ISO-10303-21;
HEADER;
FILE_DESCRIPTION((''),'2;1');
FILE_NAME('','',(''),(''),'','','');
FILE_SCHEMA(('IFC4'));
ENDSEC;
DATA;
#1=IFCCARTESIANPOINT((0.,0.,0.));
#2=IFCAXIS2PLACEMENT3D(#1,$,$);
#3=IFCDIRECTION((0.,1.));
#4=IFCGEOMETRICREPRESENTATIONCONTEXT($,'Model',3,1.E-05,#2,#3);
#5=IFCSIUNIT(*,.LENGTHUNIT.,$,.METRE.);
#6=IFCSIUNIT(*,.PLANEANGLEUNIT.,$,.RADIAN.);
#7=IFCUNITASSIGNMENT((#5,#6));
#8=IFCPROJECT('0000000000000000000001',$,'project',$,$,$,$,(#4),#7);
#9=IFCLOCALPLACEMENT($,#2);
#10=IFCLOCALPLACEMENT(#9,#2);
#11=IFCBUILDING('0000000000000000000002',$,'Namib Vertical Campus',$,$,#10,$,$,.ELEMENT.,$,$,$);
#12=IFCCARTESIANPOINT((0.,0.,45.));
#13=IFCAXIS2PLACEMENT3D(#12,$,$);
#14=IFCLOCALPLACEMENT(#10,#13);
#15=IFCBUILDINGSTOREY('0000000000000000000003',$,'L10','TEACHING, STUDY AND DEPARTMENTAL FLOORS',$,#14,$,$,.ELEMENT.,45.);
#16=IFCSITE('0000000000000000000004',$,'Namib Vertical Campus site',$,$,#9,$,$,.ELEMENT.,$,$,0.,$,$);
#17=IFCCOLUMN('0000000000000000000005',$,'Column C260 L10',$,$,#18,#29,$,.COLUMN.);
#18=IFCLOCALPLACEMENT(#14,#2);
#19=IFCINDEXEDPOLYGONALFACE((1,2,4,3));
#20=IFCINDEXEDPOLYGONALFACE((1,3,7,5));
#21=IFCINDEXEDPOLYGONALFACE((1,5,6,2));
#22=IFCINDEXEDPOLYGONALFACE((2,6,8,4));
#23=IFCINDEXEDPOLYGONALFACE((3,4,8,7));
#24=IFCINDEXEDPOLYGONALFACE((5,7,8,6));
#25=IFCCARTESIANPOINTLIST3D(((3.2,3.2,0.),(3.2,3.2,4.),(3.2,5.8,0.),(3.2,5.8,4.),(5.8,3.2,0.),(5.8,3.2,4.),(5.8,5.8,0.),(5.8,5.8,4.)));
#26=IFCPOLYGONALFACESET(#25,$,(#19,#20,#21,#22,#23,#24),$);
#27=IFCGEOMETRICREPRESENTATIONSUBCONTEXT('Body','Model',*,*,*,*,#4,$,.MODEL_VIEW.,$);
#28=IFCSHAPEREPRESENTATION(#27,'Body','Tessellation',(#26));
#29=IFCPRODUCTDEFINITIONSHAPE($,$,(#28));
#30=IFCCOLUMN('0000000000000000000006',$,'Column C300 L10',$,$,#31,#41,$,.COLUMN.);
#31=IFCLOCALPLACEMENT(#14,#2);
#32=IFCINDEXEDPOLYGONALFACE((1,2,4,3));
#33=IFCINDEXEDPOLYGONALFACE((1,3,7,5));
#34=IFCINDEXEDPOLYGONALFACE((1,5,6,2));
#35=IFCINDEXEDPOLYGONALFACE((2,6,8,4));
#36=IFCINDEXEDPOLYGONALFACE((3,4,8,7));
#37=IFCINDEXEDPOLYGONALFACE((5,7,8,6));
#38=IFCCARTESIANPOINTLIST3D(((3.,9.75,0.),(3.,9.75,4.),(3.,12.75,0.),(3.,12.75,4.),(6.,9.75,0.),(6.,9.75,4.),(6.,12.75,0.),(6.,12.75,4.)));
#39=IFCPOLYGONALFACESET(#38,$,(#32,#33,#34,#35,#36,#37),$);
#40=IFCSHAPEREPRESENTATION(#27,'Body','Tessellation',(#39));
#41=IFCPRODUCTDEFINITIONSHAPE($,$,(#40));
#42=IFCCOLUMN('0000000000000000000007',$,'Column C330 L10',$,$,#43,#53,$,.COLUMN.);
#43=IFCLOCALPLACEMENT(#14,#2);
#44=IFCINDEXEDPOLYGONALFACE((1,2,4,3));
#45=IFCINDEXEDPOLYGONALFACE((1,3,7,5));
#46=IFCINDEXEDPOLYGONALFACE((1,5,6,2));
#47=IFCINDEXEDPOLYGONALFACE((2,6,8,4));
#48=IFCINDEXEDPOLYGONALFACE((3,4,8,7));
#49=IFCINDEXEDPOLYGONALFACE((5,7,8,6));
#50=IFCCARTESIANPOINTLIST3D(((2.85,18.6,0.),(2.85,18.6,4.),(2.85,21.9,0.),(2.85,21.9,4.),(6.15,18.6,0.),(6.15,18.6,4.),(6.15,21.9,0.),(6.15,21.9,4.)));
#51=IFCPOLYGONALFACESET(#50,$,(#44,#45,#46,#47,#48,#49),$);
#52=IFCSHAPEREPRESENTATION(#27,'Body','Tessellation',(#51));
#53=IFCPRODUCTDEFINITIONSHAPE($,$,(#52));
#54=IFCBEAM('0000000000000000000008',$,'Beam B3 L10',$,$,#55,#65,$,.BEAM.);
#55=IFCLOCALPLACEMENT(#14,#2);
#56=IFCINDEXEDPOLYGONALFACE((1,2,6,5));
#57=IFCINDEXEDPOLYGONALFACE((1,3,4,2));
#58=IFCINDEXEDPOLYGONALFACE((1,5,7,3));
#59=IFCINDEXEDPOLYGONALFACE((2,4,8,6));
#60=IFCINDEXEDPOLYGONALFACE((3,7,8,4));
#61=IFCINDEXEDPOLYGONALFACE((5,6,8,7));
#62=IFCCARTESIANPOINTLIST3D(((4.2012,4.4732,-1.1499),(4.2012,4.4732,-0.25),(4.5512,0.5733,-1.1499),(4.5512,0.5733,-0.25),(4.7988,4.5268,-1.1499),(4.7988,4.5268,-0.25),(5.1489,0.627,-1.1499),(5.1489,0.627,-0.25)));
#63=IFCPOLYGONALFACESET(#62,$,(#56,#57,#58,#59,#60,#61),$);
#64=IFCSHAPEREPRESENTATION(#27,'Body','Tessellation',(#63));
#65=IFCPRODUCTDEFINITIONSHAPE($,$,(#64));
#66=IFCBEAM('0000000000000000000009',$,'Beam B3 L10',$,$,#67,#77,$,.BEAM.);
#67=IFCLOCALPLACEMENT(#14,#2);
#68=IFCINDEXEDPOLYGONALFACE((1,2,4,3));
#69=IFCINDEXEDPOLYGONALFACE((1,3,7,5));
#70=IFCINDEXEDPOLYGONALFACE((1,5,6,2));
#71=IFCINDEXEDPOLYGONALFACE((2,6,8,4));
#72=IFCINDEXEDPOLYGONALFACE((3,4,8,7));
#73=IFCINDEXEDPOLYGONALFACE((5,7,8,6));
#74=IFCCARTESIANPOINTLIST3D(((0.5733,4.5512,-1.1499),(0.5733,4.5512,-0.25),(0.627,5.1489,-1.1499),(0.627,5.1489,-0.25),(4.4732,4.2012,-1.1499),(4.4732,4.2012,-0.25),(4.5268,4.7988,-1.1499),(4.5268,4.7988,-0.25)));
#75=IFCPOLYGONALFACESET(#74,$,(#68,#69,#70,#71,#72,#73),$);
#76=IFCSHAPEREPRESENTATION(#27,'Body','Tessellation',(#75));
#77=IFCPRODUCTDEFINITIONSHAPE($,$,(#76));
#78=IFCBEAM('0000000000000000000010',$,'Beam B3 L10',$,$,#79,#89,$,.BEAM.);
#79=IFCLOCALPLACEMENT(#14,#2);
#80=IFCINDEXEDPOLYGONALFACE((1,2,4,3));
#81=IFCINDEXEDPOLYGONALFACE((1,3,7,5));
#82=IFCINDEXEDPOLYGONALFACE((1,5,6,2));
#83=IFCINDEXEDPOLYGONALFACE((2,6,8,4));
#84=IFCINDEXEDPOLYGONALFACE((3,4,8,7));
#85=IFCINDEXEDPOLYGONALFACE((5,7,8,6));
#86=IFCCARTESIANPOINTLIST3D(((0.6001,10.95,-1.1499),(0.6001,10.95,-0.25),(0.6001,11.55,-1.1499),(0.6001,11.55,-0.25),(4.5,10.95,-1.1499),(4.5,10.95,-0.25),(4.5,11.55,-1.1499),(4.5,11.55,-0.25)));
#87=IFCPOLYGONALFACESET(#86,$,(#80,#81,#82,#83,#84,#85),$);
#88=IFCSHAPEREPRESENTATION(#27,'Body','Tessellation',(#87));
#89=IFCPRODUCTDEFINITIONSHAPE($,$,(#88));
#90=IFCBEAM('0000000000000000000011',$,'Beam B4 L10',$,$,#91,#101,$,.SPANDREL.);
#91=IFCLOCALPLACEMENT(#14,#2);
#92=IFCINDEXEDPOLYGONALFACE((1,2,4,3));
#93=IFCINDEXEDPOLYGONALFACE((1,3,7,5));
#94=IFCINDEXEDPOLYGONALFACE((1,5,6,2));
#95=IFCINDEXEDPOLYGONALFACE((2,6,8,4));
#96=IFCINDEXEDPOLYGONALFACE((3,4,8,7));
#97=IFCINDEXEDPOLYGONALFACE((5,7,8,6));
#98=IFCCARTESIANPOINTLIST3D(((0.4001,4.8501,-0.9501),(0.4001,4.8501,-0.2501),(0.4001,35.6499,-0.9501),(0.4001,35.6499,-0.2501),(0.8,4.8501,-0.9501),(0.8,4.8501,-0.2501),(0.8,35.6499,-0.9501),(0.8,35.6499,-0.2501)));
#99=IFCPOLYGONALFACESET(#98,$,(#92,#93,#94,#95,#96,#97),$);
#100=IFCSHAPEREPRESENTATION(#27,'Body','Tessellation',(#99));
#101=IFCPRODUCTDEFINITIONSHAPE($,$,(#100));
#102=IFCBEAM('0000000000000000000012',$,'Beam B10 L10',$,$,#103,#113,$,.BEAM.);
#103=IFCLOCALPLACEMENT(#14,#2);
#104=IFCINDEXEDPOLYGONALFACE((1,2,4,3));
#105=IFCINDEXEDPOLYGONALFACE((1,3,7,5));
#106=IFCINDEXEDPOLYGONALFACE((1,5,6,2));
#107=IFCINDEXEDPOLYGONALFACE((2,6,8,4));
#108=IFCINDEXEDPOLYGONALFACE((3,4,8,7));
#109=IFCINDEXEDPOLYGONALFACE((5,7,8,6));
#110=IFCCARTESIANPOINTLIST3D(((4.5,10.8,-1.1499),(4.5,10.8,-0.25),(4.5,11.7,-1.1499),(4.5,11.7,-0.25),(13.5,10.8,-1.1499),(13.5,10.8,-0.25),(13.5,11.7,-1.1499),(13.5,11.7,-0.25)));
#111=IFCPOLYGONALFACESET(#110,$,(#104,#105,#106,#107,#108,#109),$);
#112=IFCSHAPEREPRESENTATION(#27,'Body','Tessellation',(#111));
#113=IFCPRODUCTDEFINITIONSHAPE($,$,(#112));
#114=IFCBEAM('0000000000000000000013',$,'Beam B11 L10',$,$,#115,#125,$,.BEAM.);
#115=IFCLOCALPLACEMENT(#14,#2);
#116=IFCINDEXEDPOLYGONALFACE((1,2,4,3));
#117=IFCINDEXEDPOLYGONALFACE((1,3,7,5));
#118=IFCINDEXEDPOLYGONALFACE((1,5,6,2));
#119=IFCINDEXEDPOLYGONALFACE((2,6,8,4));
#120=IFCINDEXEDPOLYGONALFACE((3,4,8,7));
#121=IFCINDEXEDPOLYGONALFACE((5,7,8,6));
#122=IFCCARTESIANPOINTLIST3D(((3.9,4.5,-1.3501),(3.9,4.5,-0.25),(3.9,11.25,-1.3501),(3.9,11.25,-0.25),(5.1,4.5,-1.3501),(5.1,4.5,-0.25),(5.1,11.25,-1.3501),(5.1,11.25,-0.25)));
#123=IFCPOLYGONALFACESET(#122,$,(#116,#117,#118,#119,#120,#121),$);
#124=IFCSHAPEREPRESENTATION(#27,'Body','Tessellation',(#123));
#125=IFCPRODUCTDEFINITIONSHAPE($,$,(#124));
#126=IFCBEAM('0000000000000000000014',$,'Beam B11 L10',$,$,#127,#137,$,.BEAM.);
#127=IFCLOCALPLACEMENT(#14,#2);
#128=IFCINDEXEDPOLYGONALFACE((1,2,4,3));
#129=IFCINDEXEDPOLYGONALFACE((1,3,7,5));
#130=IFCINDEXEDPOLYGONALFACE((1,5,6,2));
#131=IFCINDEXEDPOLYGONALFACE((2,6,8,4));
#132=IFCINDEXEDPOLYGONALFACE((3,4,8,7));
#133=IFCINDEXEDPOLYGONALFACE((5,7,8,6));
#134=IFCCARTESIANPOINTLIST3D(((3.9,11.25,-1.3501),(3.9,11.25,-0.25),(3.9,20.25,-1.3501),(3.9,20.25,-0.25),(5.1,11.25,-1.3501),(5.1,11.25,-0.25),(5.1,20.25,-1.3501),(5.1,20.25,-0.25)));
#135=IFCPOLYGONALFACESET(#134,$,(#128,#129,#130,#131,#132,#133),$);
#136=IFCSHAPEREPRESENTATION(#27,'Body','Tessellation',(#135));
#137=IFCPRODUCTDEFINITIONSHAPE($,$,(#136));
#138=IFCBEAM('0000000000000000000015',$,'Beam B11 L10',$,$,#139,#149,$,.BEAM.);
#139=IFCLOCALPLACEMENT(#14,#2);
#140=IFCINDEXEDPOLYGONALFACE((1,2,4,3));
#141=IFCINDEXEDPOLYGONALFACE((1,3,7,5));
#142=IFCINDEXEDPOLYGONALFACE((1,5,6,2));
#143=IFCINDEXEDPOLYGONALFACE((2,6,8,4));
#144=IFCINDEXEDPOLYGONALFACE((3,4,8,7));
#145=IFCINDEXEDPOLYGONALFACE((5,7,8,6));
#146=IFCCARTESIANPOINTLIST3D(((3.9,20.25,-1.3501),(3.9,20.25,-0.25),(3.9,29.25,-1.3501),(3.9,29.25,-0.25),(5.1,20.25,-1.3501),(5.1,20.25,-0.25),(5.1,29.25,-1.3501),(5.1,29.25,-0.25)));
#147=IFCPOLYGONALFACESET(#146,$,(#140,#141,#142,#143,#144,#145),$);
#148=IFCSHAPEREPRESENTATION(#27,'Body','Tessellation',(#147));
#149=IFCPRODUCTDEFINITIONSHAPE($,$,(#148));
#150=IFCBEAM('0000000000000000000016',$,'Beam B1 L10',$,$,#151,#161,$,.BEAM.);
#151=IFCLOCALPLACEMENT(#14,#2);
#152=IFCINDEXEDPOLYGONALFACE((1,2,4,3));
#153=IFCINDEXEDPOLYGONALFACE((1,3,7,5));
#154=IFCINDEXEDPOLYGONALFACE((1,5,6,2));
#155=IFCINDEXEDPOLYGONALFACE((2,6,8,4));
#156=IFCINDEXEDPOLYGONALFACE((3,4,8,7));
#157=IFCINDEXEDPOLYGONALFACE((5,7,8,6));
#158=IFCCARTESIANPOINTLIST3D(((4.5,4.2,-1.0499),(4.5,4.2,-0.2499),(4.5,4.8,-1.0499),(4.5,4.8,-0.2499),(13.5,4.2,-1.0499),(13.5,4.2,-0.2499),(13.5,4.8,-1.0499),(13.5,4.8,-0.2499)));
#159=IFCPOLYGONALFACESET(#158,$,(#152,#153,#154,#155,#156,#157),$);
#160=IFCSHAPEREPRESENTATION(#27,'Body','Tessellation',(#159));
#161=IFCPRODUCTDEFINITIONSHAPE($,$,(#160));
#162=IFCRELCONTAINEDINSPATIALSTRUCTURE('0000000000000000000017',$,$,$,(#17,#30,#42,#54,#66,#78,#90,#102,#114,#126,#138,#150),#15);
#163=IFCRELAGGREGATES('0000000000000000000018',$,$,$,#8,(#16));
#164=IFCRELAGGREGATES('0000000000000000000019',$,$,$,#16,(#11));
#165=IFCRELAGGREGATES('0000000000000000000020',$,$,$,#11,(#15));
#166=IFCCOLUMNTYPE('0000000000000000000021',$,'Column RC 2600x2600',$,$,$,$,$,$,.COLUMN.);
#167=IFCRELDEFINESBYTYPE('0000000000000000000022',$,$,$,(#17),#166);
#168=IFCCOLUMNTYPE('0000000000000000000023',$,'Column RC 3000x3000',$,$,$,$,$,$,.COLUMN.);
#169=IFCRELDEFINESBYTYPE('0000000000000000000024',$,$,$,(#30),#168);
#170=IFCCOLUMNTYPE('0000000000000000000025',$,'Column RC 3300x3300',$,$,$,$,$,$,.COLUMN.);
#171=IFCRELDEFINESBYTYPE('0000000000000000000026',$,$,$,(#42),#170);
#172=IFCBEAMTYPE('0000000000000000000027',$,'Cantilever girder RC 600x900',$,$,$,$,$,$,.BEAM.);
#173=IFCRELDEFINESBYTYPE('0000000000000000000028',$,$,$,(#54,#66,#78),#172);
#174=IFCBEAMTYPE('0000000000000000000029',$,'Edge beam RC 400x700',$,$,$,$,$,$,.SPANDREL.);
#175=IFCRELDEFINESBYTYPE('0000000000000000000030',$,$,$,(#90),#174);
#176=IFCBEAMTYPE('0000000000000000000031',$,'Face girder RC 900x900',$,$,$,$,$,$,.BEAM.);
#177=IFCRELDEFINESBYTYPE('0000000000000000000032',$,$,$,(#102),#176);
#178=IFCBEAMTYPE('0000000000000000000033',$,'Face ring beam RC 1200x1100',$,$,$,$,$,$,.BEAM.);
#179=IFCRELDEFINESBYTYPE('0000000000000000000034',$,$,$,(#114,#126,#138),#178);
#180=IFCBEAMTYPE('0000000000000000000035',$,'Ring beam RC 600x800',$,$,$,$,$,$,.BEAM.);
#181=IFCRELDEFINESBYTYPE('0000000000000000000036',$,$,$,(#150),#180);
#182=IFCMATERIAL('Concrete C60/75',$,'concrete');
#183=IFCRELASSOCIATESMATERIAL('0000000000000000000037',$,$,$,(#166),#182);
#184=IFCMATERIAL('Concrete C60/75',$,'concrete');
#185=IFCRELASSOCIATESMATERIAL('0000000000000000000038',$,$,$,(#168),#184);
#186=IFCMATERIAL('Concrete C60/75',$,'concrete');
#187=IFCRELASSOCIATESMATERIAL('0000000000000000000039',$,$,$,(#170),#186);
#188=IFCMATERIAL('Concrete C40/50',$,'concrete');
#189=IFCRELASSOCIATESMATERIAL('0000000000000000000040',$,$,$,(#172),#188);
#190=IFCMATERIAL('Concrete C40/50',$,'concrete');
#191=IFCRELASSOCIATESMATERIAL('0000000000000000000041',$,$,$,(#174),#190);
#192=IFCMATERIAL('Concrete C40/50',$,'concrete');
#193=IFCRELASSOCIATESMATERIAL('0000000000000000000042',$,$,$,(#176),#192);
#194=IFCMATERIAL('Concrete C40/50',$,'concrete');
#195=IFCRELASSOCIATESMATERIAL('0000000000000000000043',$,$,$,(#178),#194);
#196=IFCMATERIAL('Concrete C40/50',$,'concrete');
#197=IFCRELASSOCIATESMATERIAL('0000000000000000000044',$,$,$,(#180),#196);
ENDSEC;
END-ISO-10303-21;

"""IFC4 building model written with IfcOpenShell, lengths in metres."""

from ifc_helpers import new_model, si_unit, direction, frame, origin, origin_2d, place, context, subcontext, project, spatial, rectangle, extrude, material, material_profile, profile_set, type_object, element, save


model = new_model("IFC4")

# Units and contexts
model_context = context("Model", 3, precision=1e-05, world=origin(), true_north=direction((0.0, 1.0)))
body_context = subcontext(model_context, "Body", "Model", "MODEL_VIEW")
ifc_project = project(units=[si_unit("LENGTHUNIT", "METRE"), si_unit("PLANEANGLEUNIT", "RADIAN")], contexts=[model_context])

# Site, building, storey
site_placement = place(None, origin())
site = spatial("IfcSite", under=ifc_project, at=site_placement, Name="Namib Vertical Campus site", CompositionType="ELEMENT", RefElevation=0.0)
building_placement = place(site_placement, origin())
building = spatial("IfcBuilding", under=site, at=building_placement, Name="Namib Vertical Campus", CompositionType="ELEMENT")
storey_placement = place(building_placement, frame((0.0, 0.0, 45.0)))
storey = spatial("IfcBuildingStorey", under=building, at=storey_placement, Name="L10", Description="TEACHING, STUDY AND DEPARTMENTAL FLOORS", CompositionType="ELEMENT", Elevation=45.0)

# Columns
ifc_material_1 = material(Name="Concrete C60/75", Category="concrete")
ifc_material_profile_1 = material_profile(ifc_material_1, rectangle(XDim=2.6001, YDim=2.6001, at=origin_2d()))
ifc_profile_set_1 = profile_set([ifc_material_profile_1], Name="Concrete C60/75")
column_type_1 = type_object("IfcColumnType", Name="Column RC 2600x2600", PredefinedType="COLUMN", material=ifc_profile_set_1)
column_1_placement = place(storey_placement, frame((4.5, 4.5, 0.0), z_axis=(0.0, 0.0, 1.0), x_axis=(1.0, 0.0, 0.0)))
element("IfcColumn", 1, at=column_1_placement, inside=storey, type_object=column_type_1, Name="Column C260 L10", PredefinedType="COLUMN", context=body_context, shape_type="SweptSolid", body=[
    extrude(rectangle(XDim=2.6001, YDim=2.6001, at=origin_2d()), origin(), (0.0, 0.0, 1.0), 4.0),
])
ifc_material_2 = material(Name="Concrete C60/75", Category="concrete")
ifc_material_profile_2 = material_profile(ifc_material_2, rectangle(XDim=3.0, YDim=3.0, at=origin_2d()))
ifc_profile_set_2 = profile_set([ifc_material_profile_2], Name="Concrete C60/75")
column_type_2 = type_object("IfcColumnType", Name="Column RC 3000x3000", PredefinedType="COLUMN", material=ifc_profile_set_2)
column_2_placement = place(storey_placement, frame((4.5, 11.25, 0.0), z_axis=(0.0, 0.0, 1.0), x_axis=(1.0, 0.0, 0.0)))
element("IfcColumn", 2, at=column_2_placement, inside=storey, type_object=column_type_2, Name="Column C300 L10", PredefinedType="COLUMN", context=body_context, shape_type="SweptSolid", body=[
    extrude(rectangle(XDim=3.0, YDim=3.0, at=origin_2d()), origin(), (0.0, 0.0, 1.0), 4.0),
])
ifc_material_3 = material(Name="Concrete C60/75", Category="concrete")
ifc_material_profile_3 = material_profile(ifc_material_3, rectangle(XDim=3.3, YDim=3.3, at=origin_2d()))
ifc_profile_set_3 = profile_set([ifc_material_profile_3], Name="Concrete C60/75")
column_type_3 = type_object("IfcColumnType", Name="Column RC 3300x3300", PredefinedType="COLUMN", material=ifc_profile_set_3)
column_3_placement = place(storey_placement, frame((4.5, 20.25, 0.0), z_axis=(0.0, 0.0, 1.0), x_axis=(1.0, 0.0, 0.0)))
element("IfcColumn", 3, at=column_3_placement, inside=storey, type_object=column_type_3, Name="Column C330 L10", PredefinedType="COLUMN", context=body_context, shape_type="SweptSolid", body=[
    extrude(rectangle(XDim=3.3, YDim=3.3, at=origin_2d()), origin(), (0.0, 0.0, 1.0), 4.0),
])

# Beams
ifc_material_4 = material(Name="Concrete C40/50", Category="concrete")
ifc_material_profile_4 = material_profile(ifc_material_4, rectangle(XDim=0.6001, YDim=0.8999, at=origin_2d()))
ifc_profile_set_4 = profile_set([ifc_material_profile_4], Name="Concrete C40/50")
beam_type_1 = type_object("IfcBeamType", Name="Cantilever girder RC 600x900", PredefinedType="BEAM", material=ifc_profile_set_4)
for number, where, z_axis, x_axis, name in (
    (4, (4.5, 4.5, -0.7), (0.089411, -0.995995, 0.0), (0.995995, 0.089411, 0.0), "Beam B3 L10"),
    (5, (4.5, 4.5, -0.7), (-0.995995, 0.089411, 0.0), (-0.089411, -0.995995, 0.0), "Beam B3 L10"),
):
    element("IfcBeam", number, at=place(storey_placement, frame(where, z_axis=z_axis, x_axis=x_axis)), inside=storey, type_object=beam_type_1, Name=name, PredefinedType="BEAM", context=body_context, shape_type="SweptSolid", body=[
        extrude(rectangle(XDim=0.6001, YDim=0.8999, at=origin_2d()), origin(), (0.0, 0.0, 1.0), 3.9155),
    ])
beam_1_placement = place(storey_placement, frame((4.5, 11.25, -0.7), z_axis=(-1.0, 0.0, 0.0), x_axis=(0.0, -1.0, 0.0)))
element("IfcBeam", 6, at=beam_1_placement, inside=storey, type_object=beam_type_1, Name="Beam B3 L10", PredefinedType="BEAM", context=body_context, shape_type="SweptSolid", body=[
    extrude(rectangle(XDim=0.6001, YDim=0.8999, at=origin_2d()), origin(), (0.0, 0.0, 1.0), 3.8999),
])
ifc_material_5 = material(Name="Concrete C40/50", Category="concrete")
ifc_material_profile_5 = material_profile(ifc_material_5, rectangle(XDim=0.3999, YDim=0.7, at=origin_2d()))
ifc_profile_set_5 = profile_set([ifc_material_profile_5], Name="Concrete C40/50")
beam_type_2 = type_object("IfcBeamType", Name="Edge beam RC 400x700", PredefinedType="SPANDREL", material=ifc_profile_set_5)
beam_2_placement = place(storey_placement, frame((0.6001, 4.8501, -0.6001), z_axis=(0.0, 1.0, 0.0), x_axis=(-1.0, 0.0, 0.0)))
element("IfcBeam", 7, at=beam_2_placement, inside=storey, type_object=beam_type_2, Name="Beam B4 L10", PredefinedType="SPANDREL", context=body_context, shape_type="SweptSolid", body=[
    extrude(rectangle(XDim=0.3999, YDim=0.7, at=origin_2d()), origin(), (0.0, 0.0, 1.0), 30.7998),
])
ifc_material_6 = material(Name="Concrete C40/50", Category="concrete")
ifc_material_profile_6 = material_profile(ifc_material_6, rectangle(XDim=0.8999, YDim=0.8999, at=origin_2d()))
ifc_profile_set_6 = profile_set([ifc_material_profile_6], Name="Concrete C40/50")
beam_type_3 = type_object("IfcBeamType", Name="Face girder RC 900x900", PredefinedType="BEAM", material=ifc_profile_set_6)
beam_3_placement = place(storey_placement, frame((4.5, 11.25, -0.7), z_axis=(1.0, 0.0, 0.0), x_axis=(0.0, 1.0, 0.0)))
element("IfcBeam", 8, at=beam_3_placement, inside=storey, type_object=beam_type_3, Name="Beam B10 L10", PredefinedType="BEAM", context=body_context, shape_type="SweptSolid", body=[
    extrude(rectangle(XDim=0.8999, YDim=0.8999, at=origin_2d()), origin(), (0.0, 0.0, 1.0), 9.0),
])
ifc_material_7 = material(Name="Concrete C40/50", Category="concrete")
ifc_material_profile_7 = material_profile(ifc_material_7, rectangle(XDim=1.2, YDim=1.1001, at=origin_2d()))
ifc_profile_set_7 = profile_set([ifc_material_profile_7], Name="Concrete C40/50")
beam_type_4 = type_object("IfcBeamType", Name="Face ring beam RC 1200x1100", PredefinedType="BEAM", material=ifc_profile_set_7)
beam_4_placement = place(storey_placement, frame((4.5, 4.5, -0.8), z_axis=(0.0, 1.0, 0.0), x_axis=(-1.0, 0.0, 0.0)))
element("IfcBeam", 9, at=beam_4_placement, inside=storey, type_object=beam_type_4, Name="Beam B11 L10", PredefinedType="BEAM", context=body_context, shape_type="SweptSolid", body=[
    extrude(rectangle(XDim=1.2, YDim=1.1001, at=origin_2d()), origin(), (0.0, 0.0, 1.0), 6.75),
])
for number, where, z_axis, x_axis, name in (
    (10, (4.5, 11.25, -0.8), (0.0, 1.0, 0.0), (-1.0, 0.0, 0.0), "Beam B11 L10"),
    (11, (4.5, 20.25, -0.8), (0.0, 1.0, 0.0), (-1.0, 0.0, 0.0), "Beam B11 L10"),
):
    element("IfcBeam", number, at=place(storey_placement, frame(where, z_axis=z_axis, x_axis=x_axis)), inside=storey, type_object=beam_type_4, Name=name, PredefinedType="BEAM", context=body_context, shape_type="SweptSolid", body=[
        extrude(rectangle(XDim=1.2, YDim=1.1001, at=origin_2d()), origin(), (0.0, 0.0, 1.0), 9.0),
    ])
ifc_material_8 = material(Name="Concrete C40/50", Category="concrete")
ifc_material_profile_8 = material_profile(ifc_material_8, rectangle(XDim=0.6001, YDim=0.8, at=origin_2d()))
ifc_profile_set_8 = profile_set([ifc_material_profile_8], Name="Concrete C40/50")
beam_type_5 = type_object("IfcBeamType", Name="Ring beam RC 600x800", PredefinedType="BEAM", material=ifc_profile_set_8)
beam_5_placement = place(storey_placement, frame((4.5, 4.5, -0.6499), z_axis=(1.0, 0.0, 0.0), x_axis=(0.0, 1.0, 0.0)))
element("IfcBeam", 12, at=beam_5_placement, inside=storey, type_object=beam_type_5, Name="Beam B1 L10", PredefinedType="BEAM", context=body_context, shape_type="SweptSolid", body=[
    extrude(rectangle(XDim=0.6001, YDim=0.8, at=origin_2d()), origin(), (0.0, 0.0, 1.0), 9.0),
])

save(model, "model.ifc")
